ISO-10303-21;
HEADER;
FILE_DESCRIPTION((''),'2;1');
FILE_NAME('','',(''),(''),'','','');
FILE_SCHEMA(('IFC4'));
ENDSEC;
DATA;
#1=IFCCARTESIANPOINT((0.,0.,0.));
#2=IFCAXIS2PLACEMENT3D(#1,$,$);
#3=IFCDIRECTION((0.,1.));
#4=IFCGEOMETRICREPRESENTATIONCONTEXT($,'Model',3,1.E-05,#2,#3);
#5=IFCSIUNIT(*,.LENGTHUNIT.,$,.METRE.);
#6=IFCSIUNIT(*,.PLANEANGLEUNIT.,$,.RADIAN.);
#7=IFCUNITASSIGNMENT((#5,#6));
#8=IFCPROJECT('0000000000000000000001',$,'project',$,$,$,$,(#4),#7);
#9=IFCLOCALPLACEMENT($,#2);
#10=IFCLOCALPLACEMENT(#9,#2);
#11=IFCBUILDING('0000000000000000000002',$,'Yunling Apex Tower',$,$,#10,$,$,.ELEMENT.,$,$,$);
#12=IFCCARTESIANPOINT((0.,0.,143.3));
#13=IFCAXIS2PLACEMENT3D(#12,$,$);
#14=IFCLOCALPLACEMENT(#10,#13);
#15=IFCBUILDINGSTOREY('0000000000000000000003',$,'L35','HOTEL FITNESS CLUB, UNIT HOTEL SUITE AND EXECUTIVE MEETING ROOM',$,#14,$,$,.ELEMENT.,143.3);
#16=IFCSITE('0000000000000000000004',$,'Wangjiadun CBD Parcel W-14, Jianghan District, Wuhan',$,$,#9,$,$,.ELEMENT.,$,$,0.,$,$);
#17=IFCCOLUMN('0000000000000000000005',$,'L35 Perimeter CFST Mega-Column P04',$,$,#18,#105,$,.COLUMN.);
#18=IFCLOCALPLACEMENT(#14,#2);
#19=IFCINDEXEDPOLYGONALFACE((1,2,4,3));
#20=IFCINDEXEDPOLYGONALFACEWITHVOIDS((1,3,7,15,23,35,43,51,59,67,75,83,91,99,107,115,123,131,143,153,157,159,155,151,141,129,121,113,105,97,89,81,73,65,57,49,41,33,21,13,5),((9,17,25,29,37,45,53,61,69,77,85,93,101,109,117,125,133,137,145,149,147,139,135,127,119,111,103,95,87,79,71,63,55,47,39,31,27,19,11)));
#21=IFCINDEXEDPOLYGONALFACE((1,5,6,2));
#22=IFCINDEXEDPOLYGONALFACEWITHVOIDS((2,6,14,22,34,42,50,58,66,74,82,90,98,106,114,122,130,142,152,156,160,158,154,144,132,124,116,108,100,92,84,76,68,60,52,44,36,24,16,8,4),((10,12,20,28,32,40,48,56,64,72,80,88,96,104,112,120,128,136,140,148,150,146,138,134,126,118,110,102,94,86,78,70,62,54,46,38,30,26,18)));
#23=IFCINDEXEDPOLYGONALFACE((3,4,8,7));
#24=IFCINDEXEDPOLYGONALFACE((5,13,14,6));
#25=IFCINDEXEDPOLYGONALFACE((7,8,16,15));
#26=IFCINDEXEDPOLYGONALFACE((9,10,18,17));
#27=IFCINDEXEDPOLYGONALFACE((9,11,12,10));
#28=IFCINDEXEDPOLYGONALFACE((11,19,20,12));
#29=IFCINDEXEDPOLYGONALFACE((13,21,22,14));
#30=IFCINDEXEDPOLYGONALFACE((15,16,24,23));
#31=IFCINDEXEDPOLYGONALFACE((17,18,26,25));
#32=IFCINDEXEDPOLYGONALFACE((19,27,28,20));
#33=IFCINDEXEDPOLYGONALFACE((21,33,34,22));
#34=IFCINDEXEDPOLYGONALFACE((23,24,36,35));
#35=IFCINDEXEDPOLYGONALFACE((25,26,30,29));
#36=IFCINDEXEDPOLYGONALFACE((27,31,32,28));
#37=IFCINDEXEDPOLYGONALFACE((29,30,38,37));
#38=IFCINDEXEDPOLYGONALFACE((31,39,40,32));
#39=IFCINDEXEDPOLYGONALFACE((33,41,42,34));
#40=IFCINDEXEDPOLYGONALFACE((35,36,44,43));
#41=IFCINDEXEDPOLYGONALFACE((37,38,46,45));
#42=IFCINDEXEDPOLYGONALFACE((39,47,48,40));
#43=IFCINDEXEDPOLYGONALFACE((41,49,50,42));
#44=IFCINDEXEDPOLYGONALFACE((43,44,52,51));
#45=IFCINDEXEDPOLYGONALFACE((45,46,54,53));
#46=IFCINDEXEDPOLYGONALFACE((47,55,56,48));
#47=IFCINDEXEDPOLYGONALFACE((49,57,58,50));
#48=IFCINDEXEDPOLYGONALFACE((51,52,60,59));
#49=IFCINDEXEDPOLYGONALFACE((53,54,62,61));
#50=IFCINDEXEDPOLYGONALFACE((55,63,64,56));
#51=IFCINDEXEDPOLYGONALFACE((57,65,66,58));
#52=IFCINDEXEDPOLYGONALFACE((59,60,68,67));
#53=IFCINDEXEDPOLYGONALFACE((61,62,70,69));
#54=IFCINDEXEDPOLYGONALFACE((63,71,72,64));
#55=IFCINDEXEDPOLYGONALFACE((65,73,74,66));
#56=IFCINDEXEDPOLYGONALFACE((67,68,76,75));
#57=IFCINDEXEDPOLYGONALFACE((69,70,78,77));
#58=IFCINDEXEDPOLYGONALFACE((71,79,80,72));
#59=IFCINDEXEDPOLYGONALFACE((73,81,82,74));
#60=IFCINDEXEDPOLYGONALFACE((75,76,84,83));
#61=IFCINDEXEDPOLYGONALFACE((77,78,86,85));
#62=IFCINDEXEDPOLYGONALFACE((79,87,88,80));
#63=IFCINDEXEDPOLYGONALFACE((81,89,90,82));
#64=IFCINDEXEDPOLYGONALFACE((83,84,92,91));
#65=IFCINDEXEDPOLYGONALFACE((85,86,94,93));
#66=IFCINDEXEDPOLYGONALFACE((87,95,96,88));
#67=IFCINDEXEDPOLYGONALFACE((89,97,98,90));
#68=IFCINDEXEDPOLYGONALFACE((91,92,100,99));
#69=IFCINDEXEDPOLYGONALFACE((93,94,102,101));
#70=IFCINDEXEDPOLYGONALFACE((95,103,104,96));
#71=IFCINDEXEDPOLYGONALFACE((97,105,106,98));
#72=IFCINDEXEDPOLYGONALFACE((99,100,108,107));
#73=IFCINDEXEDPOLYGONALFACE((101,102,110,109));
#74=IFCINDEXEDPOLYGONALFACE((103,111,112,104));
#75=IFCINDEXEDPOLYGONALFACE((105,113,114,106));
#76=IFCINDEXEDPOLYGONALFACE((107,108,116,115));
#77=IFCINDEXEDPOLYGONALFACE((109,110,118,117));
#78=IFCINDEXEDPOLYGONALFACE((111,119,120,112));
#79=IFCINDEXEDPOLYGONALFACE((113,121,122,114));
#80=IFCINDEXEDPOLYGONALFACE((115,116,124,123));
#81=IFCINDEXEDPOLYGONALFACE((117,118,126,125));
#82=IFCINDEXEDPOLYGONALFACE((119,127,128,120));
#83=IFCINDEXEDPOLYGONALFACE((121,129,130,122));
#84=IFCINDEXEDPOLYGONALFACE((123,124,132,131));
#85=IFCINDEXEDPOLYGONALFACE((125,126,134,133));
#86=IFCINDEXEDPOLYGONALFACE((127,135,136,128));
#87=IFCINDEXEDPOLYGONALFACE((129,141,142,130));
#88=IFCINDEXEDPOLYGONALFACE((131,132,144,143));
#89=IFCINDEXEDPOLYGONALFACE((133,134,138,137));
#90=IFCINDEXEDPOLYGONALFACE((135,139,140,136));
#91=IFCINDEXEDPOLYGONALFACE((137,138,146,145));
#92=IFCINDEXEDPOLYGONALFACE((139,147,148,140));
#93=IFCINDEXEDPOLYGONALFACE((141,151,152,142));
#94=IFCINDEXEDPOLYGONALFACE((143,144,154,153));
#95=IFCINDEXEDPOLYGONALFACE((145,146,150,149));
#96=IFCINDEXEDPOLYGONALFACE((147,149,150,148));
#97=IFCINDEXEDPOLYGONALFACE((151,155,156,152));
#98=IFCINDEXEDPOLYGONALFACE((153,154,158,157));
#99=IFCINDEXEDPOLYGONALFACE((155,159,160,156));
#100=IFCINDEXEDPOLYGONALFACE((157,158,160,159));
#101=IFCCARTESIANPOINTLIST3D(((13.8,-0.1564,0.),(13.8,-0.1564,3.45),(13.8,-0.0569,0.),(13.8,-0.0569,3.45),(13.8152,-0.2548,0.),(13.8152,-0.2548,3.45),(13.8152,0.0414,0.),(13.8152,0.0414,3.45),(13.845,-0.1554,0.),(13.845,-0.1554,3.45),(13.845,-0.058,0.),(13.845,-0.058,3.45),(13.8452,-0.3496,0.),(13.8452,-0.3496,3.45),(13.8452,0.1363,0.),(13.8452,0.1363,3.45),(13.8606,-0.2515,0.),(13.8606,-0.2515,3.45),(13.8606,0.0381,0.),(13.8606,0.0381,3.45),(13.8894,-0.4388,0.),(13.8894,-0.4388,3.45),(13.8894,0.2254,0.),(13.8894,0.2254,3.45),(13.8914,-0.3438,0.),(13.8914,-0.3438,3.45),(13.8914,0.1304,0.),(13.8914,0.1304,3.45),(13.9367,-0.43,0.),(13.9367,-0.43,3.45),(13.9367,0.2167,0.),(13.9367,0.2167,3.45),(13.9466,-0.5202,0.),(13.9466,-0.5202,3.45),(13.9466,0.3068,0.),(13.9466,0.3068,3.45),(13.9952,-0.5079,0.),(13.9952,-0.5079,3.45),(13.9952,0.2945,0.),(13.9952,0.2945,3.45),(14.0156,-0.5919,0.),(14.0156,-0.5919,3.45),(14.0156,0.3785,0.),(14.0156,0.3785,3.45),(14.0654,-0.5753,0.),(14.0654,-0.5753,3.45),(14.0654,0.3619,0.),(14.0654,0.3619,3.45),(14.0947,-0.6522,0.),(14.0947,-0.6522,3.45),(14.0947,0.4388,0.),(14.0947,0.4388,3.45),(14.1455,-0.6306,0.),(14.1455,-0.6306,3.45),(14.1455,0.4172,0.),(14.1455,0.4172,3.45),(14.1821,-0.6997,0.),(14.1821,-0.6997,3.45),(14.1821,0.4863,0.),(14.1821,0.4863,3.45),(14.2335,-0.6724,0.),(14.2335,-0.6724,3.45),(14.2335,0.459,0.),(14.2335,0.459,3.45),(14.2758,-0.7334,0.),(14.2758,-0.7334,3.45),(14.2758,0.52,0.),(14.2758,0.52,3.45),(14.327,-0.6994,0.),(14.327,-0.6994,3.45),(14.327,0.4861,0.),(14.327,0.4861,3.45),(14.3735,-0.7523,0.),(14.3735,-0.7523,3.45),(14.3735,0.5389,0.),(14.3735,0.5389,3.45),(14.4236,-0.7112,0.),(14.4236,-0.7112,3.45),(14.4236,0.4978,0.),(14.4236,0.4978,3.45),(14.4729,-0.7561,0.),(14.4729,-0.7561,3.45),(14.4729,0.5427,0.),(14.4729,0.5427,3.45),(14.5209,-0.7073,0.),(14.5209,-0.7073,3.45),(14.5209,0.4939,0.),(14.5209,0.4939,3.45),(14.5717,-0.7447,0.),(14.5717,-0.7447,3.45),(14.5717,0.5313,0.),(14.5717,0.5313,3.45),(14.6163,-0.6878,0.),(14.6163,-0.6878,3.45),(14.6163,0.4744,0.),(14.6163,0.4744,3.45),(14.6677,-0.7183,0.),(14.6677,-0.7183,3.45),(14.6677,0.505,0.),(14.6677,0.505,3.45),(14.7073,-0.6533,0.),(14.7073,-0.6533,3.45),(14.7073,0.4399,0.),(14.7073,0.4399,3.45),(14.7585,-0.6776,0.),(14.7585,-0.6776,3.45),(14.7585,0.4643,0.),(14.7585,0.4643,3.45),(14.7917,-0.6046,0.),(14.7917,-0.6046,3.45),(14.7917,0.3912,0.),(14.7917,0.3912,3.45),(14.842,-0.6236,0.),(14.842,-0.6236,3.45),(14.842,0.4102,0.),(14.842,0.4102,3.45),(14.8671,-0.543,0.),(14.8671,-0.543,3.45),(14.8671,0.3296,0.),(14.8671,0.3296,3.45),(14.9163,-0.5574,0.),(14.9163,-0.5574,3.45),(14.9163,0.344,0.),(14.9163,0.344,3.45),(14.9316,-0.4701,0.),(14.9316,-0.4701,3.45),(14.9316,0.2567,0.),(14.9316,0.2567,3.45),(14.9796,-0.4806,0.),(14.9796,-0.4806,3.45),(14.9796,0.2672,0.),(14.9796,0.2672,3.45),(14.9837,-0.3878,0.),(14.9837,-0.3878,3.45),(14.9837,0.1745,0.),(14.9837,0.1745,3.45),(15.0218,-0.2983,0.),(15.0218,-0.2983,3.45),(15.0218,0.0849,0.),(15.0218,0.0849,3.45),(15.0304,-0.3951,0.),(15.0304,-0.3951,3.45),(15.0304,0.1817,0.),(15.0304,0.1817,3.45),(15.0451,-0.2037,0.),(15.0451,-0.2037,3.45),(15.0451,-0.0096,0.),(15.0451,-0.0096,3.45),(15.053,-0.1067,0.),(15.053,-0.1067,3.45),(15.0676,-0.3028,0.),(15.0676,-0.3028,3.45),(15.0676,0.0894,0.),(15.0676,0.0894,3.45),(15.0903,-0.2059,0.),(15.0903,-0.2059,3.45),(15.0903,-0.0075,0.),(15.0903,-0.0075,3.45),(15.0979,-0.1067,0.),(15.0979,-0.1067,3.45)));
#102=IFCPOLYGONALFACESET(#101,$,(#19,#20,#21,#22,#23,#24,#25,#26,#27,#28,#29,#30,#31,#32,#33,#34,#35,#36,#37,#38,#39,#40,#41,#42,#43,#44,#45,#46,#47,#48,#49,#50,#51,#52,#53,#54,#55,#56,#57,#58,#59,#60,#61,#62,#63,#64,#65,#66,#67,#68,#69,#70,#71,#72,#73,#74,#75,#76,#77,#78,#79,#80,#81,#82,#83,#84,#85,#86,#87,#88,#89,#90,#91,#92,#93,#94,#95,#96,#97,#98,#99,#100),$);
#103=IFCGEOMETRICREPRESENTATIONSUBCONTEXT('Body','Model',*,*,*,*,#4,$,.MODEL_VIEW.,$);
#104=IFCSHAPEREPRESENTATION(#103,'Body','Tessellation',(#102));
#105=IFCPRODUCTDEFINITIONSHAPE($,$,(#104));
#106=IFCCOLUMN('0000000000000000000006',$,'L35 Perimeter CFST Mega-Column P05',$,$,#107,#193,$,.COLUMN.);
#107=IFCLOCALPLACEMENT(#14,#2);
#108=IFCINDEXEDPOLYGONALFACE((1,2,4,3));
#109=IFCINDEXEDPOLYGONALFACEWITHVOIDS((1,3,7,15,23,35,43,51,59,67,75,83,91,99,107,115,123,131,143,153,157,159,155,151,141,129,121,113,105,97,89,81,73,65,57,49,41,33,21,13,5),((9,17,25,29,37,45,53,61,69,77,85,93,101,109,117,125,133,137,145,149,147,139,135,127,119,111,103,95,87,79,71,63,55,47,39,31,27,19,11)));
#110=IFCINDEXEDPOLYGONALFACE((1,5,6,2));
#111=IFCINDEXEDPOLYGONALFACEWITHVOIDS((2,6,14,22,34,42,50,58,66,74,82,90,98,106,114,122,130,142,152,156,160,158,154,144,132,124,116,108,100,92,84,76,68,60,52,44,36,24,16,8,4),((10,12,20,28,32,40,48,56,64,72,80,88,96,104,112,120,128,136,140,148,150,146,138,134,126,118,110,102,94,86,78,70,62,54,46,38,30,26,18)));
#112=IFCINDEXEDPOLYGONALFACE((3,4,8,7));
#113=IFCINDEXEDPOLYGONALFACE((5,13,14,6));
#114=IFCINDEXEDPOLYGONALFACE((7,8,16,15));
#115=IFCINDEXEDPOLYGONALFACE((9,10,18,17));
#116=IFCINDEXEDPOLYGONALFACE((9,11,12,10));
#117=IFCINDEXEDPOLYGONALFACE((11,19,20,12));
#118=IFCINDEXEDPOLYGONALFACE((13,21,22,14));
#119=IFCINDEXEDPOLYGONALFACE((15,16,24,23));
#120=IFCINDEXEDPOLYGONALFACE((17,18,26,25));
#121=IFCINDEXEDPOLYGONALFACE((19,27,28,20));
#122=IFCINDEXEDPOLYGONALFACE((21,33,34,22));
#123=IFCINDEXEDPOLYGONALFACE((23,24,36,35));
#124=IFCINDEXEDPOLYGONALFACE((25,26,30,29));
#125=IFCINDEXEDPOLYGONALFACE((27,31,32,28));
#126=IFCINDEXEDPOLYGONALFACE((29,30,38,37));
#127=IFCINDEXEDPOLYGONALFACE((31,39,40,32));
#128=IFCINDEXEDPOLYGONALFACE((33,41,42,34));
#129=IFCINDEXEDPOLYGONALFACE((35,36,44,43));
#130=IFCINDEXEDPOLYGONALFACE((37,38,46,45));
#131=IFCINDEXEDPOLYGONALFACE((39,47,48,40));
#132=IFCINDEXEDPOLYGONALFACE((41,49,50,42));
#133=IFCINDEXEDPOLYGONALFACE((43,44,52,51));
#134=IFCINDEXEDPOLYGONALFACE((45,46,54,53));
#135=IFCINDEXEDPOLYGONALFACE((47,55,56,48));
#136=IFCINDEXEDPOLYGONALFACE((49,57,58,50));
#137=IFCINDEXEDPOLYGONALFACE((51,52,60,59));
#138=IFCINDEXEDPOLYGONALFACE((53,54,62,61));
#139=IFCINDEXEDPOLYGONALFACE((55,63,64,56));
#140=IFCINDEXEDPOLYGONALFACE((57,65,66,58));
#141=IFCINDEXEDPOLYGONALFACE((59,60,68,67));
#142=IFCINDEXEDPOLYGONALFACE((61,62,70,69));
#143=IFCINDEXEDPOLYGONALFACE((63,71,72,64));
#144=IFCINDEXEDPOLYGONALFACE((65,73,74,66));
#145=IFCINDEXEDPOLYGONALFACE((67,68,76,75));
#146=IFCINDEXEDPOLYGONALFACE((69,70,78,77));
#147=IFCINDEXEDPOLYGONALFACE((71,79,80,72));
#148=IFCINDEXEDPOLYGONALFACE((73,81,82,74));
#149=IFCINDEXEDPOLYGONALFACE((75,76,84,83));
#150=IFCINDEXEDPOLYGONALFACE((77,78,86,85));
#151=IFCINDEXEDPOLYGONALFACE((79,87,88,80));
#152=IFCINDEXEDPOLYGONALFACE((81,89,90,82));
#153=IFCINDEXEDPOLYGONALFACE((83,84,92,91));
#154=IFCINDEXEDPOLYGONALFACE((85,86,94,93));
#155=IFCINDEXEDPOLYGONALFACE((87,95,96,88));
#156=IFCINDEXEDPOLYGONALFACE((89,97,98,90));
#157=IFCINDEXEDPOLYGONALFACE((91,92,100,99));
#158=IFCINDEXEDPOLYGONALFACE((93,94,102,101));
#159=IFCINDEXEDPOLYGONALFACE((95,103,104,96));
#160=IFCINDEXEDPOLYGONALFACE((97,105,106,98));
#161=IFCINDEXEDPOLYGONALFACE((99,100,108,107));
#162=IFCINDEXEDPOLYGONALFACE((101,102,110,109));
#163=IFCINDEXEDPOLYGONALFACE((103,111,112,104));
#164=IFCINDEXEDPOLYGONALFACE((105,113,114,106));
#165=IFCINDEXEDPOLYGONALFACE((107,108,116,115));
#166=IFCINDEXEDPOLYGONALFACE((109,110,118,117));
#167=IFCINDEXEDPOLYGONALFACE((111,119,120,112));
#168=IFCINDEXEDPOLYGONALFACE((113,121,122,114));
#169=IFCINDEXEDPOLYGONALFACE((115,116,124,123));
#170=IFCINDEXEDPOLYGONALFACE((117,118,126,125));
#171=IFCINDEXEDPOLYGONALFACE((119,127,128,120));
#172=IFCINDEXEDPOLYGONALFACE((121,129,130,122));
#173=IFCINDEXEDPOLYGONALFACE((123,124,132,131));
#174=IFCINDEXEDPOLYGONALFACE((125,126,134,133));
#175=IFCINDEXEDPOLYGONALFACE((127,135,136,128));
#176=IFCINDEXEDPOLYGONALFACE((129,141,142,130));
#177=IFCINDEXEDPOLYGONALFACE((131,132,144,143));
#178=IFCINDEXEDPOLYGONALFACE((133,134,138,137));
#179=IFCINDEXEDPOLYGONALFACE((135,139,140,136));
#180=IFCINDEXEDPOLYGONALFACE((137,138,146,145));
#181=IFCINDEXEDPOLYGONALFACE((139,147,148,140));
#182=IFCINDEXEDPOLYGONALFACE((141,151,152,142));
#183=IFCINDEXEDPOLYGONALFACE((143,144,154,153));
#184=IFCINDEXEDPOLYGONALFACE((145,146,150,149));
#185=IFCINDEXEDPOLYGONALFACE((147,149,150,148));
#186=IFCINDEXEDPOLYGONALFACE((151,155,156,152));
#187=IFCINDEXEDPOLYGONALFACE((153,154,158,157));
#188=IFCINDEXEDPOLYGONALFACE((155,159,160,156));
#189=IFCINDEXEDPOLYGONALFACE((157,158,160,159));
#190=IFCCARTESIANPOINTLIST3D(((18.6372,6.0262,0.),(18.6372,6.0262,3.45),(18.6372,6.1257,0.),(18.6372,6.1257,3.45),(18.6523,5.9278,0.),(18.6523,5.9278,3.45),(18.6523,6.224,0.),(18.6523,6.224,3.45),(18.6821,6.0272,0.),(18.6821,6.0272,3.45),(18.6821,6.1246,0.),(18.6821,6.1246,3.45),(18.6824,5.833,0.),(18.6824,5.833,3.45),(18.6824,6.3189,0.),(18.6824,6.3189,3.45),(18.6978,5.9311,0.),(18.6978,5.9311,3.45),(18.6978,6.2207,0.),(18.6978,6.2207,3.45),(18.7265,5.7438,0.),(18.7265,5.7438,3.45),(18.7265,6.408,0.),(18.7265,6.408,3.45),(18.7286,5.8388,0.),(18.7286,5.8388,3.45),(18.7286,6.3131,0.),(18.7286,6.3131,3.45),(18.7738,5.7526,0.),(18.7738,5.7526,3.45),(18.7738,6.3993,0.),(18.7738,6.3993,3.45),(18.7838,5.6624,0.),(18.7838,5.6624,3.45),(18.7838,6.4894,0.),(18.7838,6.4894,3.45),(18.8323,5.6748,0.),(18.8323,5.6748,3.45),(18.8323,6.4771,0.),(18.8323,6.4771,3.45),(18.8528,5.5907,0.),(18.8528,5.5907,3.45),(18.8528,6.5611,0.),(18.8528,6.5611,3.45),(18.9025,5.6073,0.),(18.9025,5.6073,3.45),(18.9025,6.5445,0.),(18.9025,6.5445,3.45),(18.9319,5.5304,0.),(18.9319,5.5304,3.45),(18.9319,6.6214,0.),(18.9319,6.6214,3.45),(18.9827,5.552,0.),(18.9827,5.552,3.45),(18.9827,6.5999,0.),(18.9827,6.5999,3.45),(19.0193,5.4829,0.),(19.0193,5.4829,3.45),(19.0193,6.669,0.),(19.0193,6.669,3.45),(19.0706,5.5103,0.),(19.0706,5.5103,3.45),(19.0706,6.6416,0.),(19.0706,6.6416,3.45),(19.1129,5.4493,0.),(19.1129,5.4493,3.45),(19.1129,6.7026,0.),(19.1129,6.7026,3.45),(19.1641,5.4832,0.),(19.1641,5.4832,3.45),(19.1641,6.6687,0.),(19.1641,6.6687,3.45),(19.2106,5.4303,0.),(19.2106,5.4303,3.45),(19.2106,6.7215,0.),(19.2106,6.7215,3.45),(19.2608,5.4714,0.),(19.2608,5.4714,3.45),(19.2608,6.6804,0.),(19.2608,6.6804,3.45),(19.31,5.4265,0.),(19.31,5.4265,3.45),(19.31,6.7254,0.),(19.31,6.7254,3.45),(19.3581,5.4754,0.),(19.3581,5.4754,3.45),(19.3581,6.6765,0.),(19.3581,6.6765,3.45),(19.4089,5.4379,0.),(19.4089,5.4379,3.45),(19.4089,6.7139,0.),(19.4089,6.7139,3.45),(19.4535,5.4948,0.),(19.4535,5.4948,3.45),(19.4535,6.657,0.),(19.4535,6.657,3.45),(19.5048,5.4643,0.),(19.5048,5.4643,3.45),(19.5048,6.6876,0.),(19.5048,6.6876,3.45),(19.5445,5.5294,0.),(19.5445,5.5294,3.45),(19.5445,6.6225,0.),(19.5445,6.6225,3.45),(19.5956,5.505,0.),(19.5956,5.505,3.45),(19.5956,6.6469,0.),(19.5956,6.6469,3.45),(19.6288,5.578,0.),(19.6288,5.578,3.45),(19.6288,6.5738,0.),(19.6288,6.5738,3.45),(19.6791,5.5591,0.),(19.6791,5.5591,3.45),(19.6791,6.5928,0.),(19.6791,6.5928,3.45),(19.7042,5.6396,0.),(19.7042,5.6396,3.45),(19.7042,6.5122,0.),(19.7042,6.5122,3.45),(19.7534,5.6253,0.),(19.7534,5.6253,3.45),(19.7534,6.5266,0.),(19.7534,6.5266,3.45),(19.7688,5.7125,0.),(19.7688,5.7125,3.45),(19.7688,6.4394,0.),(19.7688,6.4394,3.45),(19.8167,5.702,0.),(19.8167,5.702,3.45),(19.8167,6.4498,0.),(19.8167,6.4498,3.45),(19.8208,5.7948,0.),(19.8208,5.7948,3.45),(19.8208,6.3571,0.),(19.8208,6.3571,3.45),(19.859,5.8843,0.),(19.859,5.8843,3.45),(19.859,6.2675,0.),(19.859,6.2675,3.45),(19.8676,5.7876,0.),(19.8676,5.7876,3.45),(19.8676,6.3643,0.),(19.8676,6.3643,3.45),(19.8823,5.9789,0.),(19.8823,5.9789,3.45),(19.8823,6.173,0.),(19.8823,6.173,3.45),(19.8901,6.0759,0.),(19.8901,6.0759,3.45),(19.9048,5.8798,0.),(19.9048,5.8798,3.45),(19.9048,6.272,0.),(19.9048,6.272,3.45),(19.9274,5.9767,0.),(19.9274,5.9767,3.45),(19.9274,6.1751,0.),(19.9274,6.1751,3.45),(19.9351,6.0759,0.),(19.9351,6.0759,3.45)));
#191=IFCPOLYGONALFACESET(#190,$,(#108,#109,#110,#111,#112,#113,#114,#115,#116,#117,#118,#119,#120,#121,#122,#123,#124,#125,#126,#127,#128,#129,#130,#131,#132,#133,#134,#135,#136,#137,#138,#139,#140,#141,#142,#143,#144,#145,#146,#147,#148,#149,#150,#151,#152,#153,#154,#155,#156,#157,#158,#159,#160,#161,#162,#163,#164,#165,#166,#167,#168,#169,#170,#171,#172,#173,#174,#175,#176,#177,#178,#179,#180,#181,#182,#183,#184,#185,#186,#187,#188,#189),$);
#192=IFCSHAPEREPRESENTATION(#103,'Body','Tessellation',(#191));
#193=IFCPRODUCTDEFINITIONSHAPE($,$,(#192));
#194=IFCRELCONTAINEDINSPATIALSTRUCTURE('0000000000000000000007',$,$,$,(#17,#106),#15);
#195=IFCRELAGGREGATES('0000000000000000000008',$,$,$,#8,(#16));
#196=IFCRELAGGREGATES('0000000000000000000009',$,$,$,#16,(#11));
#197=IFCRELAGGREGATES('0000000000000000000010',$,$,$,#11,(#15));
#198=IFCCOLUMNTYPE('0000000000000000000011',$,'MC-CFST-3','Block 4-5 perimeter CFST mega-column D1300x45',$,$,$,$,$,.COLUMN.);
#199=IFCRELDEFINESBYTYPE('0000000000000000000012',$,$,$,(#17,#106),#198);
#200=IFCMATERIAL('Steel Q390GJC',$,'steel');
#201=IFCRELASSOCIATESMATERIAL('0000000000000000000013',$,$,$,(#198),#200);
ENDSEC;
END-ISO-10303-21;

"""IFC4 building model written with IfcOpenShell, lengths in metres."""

from ifc_helpers import new_model, si_unit, direction, frame, origin, origin_2d, place, context, subcontext, project, spatial, hollow_circle, extrude, source, transform, mapped, material, material_profile, profile_set, type_object, element, save


model = new_model("IFC4")

# Units and contexts
model_context = context("Model", 3, precision=1e-05, world=origin(), true_north=direction((0.0, 1.0)))
body_context = subcontext(model_context, "Body", "Model", "MODEL_VIEW")
ifc_project = project(units=[si_unit("LENGTHUNIT", "METRE"), si_unit("PLANEANGLEUNIT", "RADIAN")], contexts=[model_context])

# Site, building, storey
site_placement = place(None, origin())
site = spatial("IfcSite", under=ifc_project, at=site_placement, Name="Wangjiadun CBD Parcel W-14, Jianghan District, Wuhan", CompositionType="ELEMENT", RefElevation=0.0)
building_placement = place(site_placement, origin())
building = spatial("IfcBuilding", under=site, at=building_placement, Name="Yunling Apex Tower", CompositionType="ELEMENT")
storey_placement = place(building_placement, frame((0.0, 0.0, 143.3)))
storey = spatial("IfcBuildingStorey", under=building, at=storey_placement, Name="L35", Description="HOTEL FITNESS CLUB, UNIT HOTEL SUITE AND EXECUTIVE MEETING ROOM", CompositionType="ELEMENT", Elevation=143.3)

# Columns
ifc_material_1 = material(Name="Steel Q390GJC", Category="steel")
ifc_material_profile_1 = material_profile(ifc_material_1, hollow_circle(Radius=0.6499, WallThickness=0.0449, at=origin_2d()))
ifc_profile_set_1 = profile_set([ifc_material_profile_1], Name="Steel Q390GJC")
column_type = type_object("IfcColumnType", Name="MC-CFST-3", Description="Block 4-5 perimeter CFST mega-column D1300x45", PredefinedType="COLUMN", material=ifc_profile_set_1)
shared_shape_1 = source(origin(), body_context, "Body", "SweptSolid", [
    extrude(hollow_circle(Radius=0.6499, WallThickness=0.0449, at=origin_2d()), origin(), (0.0, 0.0, 1.0), 3.45),
])
for number, where, z_axis, x_axis, name in (
    (1, (14.448, -0.1067, 0.0), (0.0, 0.0, 1.0), (1.0, 0.0, 0.0), "L35 Perimeter CFST Mega-Column P04"),
    (2, (19.2852, 6.0759, 0.0), (0.0, 0.0, 1.0), (1.0, 0.0, 0.0), "L35 Perimeter CFST Mega-Column P05"),
):
    element("IfcColumn", number, at=place(storey_placement, frame(where, z_axis=z_axis, x_axis=x_axis)), inside=storey, type_object=column_type, Name=name, PredefinedType="COLUMN", context=body_context, shape_type="MappedRepresentation", body=[
        mapped(shared_shape_1, transform((0.0, 0.0, 0.0), scale=1.0)),
    ])

save(model, "model.ifc")
